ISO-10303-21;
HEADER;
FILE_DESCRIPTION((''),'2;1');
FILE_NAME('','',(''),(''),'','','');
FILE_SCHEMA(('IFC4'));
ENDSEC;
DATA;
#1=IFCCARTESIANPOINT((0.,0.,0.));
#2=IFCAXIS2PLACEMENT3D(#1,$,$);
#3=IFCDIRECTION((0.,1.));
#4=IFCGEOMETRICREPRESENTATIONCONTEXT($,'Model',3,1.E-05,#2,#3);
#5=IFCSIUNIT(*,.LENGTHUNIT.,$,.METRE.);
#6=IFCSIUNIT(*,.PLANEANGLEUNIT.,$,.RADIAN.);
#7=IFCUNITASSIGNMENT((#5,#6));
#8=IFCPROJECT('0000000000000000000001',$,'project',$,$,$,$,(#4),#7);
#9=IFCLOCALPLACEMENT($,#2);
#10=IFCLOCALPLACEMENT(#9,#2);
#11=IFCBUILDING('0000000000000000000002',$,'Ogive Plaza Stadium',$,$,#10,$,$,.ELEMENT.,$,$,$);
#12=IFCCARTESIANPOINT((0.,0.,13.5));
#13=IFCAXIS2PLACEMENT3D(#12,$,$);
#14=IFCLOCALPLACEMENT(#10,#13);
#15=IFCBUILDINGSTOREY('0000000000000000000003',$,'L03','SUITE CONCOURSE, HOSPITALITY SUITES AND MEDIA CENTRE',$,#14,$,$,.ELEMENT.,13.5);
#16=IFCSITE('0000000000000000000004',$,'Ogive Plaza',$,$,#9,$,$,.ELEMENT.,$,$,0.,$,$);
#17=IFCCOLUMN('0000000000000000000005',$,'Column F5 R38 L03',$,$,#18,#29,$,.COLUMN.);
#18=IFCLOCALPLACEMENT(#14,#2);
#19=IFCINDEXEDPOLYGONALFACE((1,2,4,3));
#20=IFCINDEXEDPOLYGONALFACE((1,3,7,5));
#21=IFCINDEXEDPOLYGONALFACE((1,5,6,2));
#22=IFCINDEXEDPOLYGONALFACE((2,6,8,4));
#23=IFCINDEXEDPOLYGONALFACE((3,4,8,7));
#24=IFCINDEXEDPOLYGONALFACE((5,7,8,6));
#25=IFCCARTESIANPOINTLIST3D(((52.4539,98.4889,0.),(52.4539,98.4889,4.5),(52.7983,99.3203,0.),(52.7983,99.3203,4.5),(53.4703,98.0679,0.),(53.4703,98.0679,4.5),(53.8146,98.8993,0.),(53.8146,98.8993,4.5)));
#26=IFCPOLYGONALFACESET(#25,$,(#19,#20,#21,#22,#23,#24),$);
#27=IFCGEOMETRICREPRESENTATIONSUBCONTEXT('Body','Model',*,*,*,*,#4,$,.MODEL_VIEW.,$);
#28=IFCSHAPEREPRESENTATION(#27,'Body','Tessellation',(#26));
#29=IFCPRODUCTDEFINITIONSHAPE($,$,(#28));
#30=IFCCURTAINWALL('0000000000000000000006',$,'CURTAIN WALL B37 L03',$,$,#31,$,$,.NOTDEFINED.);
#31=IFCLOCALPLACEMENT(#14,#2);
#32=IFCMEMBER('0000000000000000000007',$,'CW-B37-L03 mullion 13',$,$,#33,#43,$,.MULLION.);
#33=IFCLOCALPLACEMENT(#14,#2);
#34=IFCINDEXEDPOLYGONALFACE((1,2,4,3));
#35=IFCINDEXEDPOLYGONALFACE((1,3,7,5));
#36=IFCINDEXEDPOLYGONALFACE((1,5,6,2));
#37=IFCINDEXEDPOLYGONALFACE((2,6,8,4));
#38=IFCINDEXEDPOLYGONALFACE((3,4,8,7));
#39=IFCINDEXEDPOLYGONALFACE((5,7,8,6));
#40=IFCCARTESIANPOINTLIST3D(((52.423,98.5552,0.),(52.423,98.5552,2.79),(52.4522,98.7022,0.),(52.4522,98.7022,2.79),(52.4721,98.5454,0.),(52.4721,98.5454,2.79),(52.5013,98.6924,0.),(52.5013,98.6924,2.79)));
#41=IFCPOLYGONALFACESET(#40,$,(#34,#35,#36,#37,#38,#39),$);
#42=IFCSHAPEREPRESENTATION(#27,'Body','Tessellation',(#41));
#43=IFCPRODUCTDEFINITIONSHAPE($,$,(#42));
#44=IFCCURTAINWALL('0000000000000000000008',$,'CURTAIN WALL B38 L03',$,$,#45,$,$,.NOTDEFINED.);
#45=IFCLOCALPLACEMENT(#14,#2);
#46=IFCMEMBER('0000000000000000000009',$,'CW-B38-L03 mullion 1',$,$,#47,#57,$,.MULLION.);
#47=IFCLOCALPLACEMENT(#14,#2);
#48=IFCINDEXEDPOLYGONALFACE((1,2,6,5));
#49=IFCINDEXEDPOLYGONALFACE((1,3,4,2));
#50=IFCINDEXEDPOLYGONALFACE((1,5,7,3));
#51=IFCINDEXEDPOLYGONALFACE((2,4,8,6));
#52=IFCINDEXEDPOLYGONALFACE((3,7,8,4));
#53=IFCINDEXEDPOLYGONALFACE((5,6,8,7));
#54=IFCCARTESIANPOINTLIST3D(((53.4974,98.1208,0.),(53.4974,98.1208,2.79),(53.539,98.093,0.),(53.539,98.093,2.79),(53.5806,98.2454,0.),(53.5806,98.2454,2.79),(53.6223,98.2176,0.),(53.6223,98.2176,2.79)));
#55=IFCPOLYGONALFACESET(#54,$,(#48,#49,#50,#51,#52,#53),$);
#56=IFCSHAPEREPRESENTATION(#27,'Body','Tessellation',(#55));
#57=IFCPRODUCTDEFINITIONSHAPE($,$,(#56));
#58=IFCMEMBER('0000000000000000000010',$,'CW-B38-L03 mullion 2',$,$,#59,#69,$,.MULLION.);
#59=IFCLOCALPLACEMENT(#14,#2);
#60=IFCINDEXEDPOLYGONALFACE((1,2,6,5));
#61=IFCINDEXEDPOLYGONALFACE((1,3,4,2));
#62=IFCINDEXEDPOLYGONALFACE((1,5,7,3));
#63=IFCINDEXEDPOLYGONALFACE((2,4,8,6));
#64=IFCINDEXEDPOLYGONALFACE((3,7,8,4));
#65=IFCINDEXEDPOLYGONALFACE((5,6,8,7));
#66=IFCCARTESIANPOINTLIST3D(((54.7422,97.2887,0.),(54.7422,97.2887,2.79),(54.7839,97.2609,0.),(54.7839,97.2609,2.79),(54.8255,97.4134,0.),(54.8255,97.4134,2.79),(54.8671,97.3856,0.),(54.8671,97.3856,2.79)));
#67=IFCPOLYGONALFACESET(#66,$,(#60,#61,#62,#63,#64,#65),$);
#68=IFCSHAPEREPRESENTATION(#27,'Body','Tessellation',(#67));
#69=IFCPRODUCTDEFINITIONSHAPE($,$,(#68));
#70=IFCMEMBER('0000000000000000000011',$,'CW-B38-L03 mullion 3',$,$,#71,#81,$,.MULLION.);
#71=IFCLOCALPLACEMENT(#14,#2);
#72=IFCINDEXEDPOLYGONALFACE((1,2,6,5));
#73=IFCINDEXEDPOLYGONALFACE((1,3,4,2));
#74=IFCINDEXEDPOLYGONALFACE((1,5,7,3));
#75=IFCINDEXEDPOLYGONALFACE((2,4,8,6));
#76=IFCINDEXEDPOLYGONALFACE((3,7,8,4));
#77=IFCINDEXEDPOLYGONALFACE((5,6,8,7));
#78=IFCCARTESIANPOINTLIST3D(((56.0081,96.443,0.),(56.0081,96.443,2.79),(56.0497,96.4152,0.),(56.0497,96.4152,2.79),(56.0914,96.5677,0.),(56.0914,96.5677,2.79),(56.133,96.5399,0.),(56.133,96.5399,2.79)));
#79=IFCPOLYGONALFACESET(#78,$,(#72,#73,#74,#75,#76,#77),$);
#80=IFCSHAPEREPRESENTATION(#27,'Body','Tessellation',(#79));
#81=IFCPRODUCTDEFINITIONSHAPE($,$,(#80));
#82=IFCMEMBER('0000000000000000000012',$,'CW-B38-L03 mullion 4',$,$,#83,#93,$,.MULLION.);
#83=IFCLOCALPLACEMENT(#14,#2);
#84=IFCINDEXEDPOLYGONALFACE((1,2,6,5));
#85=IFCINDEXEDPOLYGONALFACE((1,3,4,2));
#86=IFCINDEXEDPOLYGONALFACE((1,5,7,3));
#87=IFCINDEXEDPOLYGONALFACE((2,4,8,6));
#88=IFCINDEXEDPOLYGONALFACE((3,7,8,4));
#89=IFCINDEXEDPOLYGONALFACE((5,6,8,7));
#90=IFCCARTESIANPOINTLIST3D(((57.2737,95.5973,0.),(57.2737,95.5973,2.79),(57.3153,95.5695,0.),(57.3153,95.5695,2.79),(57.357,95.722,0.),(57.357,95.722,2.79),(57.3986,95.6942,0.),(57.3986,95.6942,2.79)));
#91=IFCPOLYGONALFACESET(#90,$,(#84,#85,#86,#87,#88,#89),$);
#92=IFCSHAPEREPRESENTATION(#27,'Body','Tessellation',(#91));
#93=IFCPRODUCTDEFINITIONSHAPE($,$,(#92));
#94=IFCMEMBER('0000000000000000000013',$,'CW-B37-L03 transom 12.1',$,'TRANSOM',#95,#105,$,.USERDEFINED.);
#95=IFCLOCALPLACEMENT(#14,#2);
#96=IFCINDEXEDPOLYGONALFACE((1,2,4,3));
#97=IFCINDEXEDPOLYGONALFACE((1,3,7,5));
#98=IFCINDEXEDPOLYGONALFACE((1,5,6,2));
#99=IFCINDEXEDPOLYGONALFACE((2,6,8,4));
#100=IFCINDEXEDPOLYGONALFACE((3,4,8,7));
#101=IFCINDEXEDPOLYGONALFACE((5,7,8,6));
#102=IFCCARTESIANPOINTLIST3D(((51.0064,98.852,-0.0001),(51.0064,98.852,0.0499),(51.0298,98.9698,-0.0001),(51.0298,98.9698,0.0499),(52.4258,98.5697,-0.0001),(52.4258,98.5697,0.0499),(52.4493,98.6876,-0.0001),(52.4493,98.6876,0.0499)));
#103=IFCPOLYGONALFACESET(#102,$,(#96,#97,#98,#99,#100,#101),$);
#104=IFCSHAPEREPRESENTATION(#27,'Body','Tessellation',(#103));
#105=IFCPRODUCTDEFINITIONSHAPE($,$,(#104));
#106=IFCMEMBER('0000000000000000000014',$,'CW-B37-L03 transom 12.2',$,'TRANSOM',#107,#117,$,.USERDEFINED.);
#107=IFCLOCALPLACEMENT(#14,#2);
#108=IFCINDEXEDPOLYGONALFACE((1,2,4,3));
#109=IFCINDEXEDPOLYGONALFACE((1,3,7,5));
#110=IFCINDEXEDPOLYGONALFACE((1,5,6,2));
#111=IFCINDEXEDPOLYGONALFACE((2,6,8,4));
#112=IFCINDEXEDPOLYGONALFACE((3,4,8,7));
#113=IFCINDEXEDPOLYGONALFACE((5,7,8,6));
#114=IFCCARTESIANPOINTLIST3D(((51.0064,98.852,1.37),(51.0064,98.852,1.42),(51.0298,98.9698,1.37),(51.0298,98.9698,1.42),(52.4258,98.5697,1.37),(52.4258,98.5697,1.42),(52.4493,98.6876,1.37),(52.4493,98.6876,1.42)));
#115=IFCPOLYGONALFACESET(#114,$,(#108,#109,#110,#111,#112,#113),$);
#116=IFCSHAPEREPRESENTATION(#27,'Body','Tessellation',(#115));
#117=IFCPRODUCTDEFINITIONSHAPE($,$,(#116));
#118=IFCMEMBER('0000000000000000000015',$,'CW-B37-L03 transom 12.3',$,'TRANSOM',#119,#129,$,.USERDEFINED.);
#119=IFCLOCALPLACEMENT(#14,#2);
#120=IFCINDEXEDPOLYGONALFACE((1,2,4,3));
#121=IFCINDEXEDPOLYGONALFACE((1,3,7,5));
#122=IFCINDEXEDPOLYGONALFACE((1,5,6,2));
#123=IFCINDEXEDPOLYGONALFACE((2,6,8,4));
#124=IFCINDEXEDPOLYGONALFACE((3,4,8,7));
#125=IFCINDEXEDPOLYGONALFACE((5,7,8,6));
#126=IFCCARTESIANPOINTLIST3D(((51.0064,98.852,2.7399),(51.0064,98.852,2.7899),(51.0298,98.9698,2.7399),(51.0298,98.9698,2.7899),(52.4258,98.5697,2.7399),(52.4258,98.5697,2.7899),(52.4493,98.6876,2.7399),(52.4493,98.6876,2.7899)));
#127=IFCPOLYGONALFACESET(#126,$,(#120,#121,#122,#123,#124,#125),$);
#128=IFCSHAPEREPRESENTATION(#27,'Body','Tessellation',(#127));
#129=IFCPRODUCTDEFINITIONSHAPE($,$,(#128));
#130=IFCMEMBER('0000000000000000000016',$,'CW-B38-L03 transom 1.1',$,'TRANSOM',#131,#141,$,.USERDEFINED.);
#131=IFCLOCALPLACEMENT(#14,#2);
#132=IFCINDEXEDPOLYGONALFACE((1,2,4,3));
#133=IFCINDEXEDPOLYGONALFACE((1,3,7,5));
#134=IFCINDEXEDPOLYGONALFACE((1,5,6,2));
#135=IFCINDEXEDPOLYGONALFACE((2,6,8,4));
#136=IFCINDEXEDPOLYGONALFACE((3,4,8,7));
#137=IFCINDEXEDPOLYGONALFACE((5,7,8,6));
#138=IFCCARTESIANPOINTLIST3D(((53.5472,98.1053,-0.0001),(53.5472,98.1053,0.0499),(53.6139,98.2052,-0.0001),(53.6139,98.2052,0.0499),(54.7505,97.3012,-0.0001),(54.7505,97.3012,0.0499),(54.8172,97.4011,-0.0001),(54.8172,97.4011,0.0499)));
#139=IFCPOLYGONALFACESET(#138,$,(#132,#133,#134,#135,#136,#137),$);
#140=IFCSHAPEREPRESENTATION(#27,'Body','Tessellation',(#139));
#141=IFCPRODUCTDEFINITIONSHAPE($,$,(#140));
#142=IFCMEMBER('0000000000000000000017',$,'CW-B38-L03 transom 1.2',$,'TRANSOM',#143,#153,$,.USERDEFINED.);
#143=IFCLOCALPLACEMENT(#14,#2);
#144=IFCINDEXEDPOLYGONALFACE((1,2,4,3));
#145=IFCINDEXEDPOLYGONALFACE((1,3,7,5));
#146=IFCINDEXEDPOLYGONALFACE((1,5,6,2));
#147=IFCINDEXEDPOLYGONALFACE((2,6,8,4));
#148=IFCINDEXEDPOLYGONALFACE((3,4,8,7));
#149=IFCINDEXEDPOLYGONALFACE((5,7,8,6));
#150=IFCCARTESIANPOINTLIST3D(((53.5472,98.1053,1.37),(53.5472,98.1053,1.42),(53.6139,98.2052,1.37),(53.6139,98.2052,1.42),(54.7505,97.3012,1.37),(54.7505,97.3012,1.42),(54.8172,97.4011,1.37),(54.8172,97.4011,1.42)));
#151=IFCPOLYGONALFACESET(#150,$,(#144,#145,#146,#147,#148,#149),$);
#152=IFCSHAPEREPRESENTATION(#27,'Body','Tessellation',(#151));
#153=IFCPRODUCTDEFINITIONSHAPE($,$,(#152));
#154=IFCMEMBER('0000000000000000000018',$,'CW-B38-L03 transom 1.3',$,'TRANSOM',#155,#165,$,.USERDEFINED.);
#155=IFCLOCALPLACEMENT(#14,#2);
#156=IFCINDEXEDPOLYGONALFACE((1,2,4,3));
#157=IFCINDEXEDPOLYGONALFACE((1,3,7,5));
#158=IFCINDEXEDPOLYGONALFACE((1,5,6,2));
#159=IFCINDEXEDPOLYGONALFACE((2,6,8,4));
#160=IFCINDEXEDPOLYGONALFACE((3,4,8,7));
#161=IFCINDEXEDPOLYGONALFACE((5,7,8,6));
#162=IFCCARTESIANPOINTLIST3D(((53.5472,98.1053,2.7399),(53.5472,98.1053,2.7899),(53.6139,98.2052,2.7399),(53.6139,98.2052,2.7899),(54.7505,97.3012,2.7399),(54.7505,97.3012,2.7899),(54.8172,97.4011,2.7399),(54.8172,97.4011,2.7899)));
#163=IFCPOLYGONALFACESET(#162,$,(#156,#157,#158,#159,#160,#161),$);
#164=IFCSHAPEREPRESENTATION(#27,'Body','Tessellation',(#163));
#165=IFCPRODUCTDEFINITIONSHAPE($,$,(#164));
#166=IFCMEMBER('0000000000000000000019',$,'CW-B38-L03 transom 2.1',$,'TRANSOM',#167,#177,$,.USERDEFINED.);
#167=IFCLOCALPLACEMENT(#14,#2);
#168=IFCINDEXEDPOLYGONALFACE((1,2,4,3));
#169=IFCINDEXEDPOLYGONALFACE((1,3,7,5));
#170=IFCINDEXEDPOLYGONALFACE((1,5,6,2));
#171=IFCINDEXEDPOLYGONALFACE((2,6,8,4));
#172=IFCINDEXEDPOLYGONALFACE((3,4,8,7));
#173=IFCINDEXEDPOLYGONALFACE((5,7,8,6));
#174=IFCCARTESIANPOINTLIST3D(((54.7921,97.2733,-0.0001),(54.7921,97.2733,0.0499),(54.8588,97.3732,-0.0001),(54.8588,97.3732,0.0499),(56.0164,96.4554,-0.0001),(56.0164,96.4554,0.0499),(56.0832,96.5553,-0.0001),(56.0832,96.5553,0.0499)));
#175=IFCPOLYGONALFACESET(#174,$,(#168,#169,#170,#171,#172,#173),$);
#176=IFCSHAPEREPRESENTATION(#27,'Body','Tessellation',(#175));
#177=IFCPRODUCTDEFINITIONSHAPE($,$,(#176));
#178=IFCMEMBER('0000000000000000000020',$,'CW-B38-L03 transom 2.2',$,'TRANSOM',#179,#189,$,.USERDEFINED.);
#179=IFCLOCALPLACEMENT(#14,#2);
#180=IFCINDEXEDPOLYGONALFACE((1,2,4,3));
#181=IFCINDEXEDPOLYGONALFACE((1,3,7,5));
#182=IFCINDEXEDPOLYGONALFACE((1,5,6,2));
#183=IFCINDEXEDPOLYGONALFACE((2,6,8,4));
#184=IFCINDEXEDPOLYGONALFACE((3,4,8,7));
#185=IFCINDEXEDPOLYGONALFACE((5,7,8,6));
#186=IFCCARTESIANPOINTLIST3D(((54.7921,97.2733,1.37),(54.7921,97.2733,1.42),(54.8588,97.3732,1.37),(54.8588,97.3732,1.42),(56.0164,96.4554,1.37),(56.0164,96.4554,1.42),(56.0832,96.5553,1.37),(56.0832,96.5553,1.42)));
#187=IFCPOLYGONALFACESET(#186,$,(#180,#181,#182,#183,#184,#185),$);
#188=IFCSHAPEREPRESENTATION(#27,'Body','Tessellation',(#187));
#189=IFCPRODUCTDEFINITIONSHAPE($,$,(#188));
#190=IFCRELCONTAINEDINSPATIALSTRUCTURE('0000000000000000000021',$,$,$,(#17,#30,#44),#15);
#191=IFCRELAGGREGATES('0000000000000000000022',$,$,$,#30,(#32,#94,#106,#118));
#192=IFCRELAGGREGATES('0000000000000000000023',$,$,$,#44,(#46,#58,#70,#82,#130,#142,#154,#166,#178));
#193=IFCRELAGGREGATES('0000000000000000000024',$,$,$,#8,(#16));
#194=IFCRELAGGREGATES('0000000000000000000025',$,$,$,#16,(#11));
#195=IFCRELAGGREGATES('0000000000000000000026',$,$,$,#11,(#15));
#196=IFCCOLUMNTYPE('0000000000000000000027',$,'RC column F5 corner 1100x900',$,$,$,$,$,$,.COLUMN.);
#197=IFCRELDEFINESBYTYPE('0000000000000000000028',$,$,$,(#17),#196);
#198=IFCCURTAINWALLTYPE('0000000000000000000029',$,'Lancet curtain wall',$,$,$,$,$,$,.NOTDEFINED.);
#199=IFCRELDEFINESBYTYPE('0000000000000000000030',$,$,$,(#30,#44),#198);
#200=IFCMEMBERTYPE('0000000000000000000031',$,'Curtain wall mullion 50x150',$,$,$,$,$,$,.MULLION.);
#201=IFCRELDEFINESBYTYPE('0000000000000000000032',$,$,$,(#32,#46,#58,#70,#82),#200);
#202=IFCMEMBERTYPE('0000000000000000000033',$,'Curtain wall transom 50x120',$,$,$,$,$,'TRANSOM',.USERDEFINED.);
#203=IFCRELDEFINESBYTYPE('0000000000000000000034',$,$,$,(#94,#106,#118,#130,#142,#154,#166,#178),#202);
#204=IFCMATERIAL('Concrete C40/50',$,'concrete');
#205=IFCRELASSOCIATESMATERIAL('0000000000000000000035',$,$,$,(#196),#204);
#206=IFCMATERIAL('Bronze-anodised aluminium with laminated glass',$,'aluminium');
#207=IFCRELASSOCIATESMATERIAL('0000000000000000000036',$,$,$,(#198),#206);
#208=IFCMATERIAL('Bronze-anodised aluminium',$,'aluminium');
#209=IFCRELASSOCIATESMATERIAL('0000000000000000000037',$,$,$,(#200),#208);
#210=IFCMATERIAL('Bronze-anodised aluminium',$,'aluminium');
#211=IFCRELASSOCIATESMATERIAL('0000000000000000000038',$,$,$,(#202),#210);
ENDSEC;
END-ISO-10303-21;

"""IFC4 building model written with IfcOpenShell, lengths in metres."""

from ifc_helpers import new_model, si_unit, direction, frame, origin, origin_2d, place, context, subcontext, project, spatial, rectangle, extrude, material, material_profile, profile_set, type_object, element, aggregate, save


model = new_model("IFC4")

# Units and contexts
model_context = context("Model", 3, precision=1e-05, world=origin(), true_north=direction((0.0, 1.0)))
body_context = subcontext(model_context, "Body", "Model", "MODEL_VIEW")
ifc_project = project(units=[si_unit("LENGTHUNIT", "METRE"), si_unit("PLANEANGLEUNIT", "RADIAN")], contexts=[model_context])

# Site, building, storey
site_placement = place(None, origin())
site = spatial("IfcSite", under=ifc_project, at=site_placement, Name="Ogive Plaza", CompositionType="ELEMENT", RefElevation=0.0)
building_placement = place(site_placement, origin())
building = spatial("IfcBuilding", under=site, at=building_placement, Name="Ogive Plaza Stadium", CompositionType="ELEMENT")
storey_placement = place(building_placement, frame((0.0, 0.0, 13.5)))
storey = spatial("IfcBuildingStorey", under=building, at=storey_placement, Name="L03", Description="SUITE CONCOURSE, HOSPITALITY SUITES AND MEDIA CENTRE", CompositionType="ELEMENT", Elevation=13.5)

# Column
ifc_material_1 = material(Name="Concrete C40/50", Category="concrete")
ifc_material_profile_1 = material_profile(ifc_material_1, rectangle(XDim=1.1001, YDim=0.8999, at=origin_2d()), Name="RC 1100x900")
ifc_profile_set_1 = profile_set([ifc_material_profile_1], Name="Concrete C40/50")
column_type = type_object("IfcColumnType", Name="RC column F5 corner 1100x900", PredefinedType="COLUMN", material=ifc_profile_set_1)
column_placement = place(storey_placement, frame((53.1343, 98.6941, 0.0), z_axis=(0.0, 0.0, 1.0), x_axis=(-0.92388, 0.382683, 0.0)))
element("IfcColumn", 1, at=column_placement, inside=storey, type_object=column_type, Name="Column F5 R38 L03", PredefinedType="COLUMN", context=body_context, shape_type="SweptSolid", body=[
    extrude(rectangle(XDim=1.1001, YDim=0.8999, at=origin_2d()), origin(), (0.0, 0.0, 1.0), 4.5),
])

# Curtain wall, member
ifc_material_2 = material(Name="Bronze-anodised aluminium with laminated glass", Category="aluminium")
curtain_wall_type = type_object("IfcCurtainWallType", Name="Lancet curtain wall", PredefinedType="NOTDEFINED", material=ifc_material_2)
curtain_wall_1_placement = place(storey_placement, origin())
curtain_wall_1 = element("IfcCurtainWall", 2, at=curtain_wall_1_placement, inside=storey, type_object=curtain_wall_type, Name="CURTAIN WALL B37 L03", PredefinedType="NOTDEFINED")
ifc_material_3 = material(Name="Bronze-anodised aluminium", Category="aluminium")
ifc_material_profile_2 = material_profile(ifc_material_3, rectangle(XDim=0.1499, YDim=0.05, at=origin_2d()), Name="AL 150x50")
ifc_profile_set_2 = profile_set([ifc_material_profile_2], Name="Bronze-anodised aluminium")
member_type_1 = type_object("IfcMemberType", Name="Curtain wall mullion 50x150", PredefinedType="MULLION", material=ifc_profile_set_2)
member_1_placement = place(storey_placement, frame((52.4622, 98.6238, 0.0), z_axis=(0.0, 0.0, 1.0), x_axis=(0.19509, 0.980785, 0.0)))
member_1 = element("IfcMember", 3, at=member_1_placement, type_object=member_type_1, Name="CW-B37-L03 mullion 13", PredefinedType="MULLION", context=body_context, shape_type="SweptSolid", body=[
    extrude(rectangle(XDim=0.1499, YDim=0.05, at=origin_2d()), origin(), (0.0, 0.0, 1.0), 2.79),
])

# Curtain wall, members
curtain_wall_2_placement = place(storey_placement, origin())
curtain_wall_2 = element("IfcCurtainWall", 4, at=curtain_wall_2_placement, inside=storey, type_object=curtain_wall_type, Name="CURTAIN WALL B38 L03", PredefinedType="NOTDEFINED")
member_2_placement = place(storey_placement, frame((53.5598, 98.1692, 0.0), z_axis=(0.0, 0.0, 1.0), x_axis=(0.55557, 0.83147, 0.0)))
member_2 = element("IfcMember", 5, at=member_2_placement, type_object=member_type_1, Name="CW-B38-L03 mullion 1", PredefinedType="MULLION", context=body_context, shape_type="SweptSolid", body=[
    extrude(rectangle(XDim=0.1499, YDim=0.05, at=origin_2d()), origin(), (0.0, 0.0, 1.0), 2.79),
])
member_3_placement = place(storey_placement, frame((54.8047, 97.3372, 0.0), z_axis=(0.0, 0.0, 1.0), x_axis=(0.55557, 0.83147, 0.0)))
member_3 = element("IfcMember", 6, at=member_3_placement, type_object=member_type_1, Name="CW-B38-L03 mullion 2", PredefinedType="MULLION", context=body_context, shape_type="SweptSolid", body=[
    extrude(rectangle(XDim=0.1499, YDim=0.05, at=origin_2d()), origin(), (0.0, 0.0, 1.0), 2.79),
])
member_4_placement = place(storey_placement, frame((56.0706, 96.4915, 0.0), z_axis=(0.0, 0.0, 1.0), x_axis=(0.55557, 0.83147, 0.0)))
member_4 = element("IfcMember", 7, at=member_4_placement, type_object=member_type_1, Name="CW-B38-L03 mullion 3", PredefinedType="MULLION", context=body_context, shape_type="SweptSolid", body=[
    extrude(rectangle(XDim=0.1499, YDim=0.05, at=origin_2d()), origin(), (0.0, 0.0, 1.0), 2.79),
])
member_5_placement = place(storey_placement, frame((57.3362, 95.6458, 0.0), z_axis=(0.0, 0.0, 1.0), x_axis=(0.55557, 0.83147, 0.0)))
member_5 = element("IfcMember", 8, at=member_5_placement, type_object=member_type_1, Name="CW-B38-L03 mullion 4", PredefinedType="MULLION", context=body_context, shape_type="SweptSolid", body=[
    extrude(rectangle(XDim=0.1499, YDim=0.05, at=origin_2d()), origin(), (0.0, 0.0, 1.0), 2.79),
])

# Members
ifc_material_4 = material(Name="Bronze-anodised aluminium", Category="aluminium")
ifc_material_profile_3 = material_profile(ifc_material_4, rectangle(XDim=0.1201, YDim=0.05, at=origin_2d()), Name="AL 120x50")
ifc_profile_set_3 = profile_set([ifc_material_profile_3], Name="Bronze-anodised aluminium")
member_type_2 = type_object("IfcMemberType", Name="Curtain wall transom 50x120", ElementType="TRANSOM", PredefinedType="USERDEFINED", material=ifc_profile_set_3)
member_6_placement = place(storey_placement, frame((51.0181, 98.9109, 0.0249), z_axis=(0.980801, -0.195013, 0.0), x_axis=(0.195013, 0.980801, 0.0)))
member_6 = element("IfcMember", 9, at=member_6_placement, type_object=member_type_2, Name="CW-B37-L03 transom 12.1", ObjectType="TRANSOM", PredefinedType="USERDEFINED", context=body_context, shape_type="SweptSolid", body=[
    extrude(rectangle(XDim=0.1201, YDim=0.05, at=origin_2d()), origin(), (0.0, 0.0, 1.0), 1.4473),
])
member_7_placement = place(storey_placement, frame((51.0181, 98.9109, 1.395), z_axis=(0.980801, -0.195013, 0.0), x_axis=(0.195013, 0.980801, 0.0)))
member_7 = element("IfcMember", 10, at=member_7_placement, type_object=member_type_2, Name="CW-B37-L03 transom 12.2", ObjectType="TRANSOM", PredefinedType="USERDEFINED", context=body_context, shape_type="SweptSolid", body=[
    extrude(rectangle(XDim=0.1201, YDim=0.05, at=origin_2d()), origin(), (0.0, 0.0, 1.0), 1.4473),
])
member_8_placement = place(storey_placement, frame((51.0181, 98.9109, 2.7649), z_axis=(0.980801, -0.195013, 0.0), x_axis=(0.195013, 0.980801, 0.0)))
member_8 = element("IfcMember", 11, at=member_8_placement, type_object=member_type_2, Name="CW-B37-L03 transom 12.3", ObjectType="TRANSOM", PredefinedType="USERDEFINED", context=body_context, shape_type="SweptSolid", body=[
    extrude(rectangle(XDim=0.1201, YDim=0.05, at=origin_2d()), origin(), (0.0, 0.0, 1.0), 1.4473),
])
member_9_placement = place(storey_placement, frame((53.5806, 98.1553, 0.0249), z_axis=(0.831427, -0.555634, 0.0), x_axis=(0.555634, 0.831427, 0.0)))
member_9 = element("IfcMember", 12, at=member_9_placement, type_object=member_type_2, Name="CW-B38-L03 transom 1.1", ObjectType="TRANSOM", PredefinedType="USERDEFINED", context=body_context, shape_type="SweptSolid", body=[
    extrude(rectangle(XDim=0.1201, YDim=0.05, at=origin_2d()), origin(), (0.0, 0.0, 1.0), 1.4473),
])
member_10_placement = place(storey_placement, frame((53.5806, 98.1553, 1.395), z_axis=(0.831427, -0.555634, 0.0), x_axis=(0.555634, 0.831427, 0.0)))
member_10 = element("IfcMember", 13, at=member_10_placement, type_object=member_type_2, Name="CW-B38-L03 transom 1.2", ObjectType="TRANSOM", PredefinedType="USERDEFINED", context=body_context, shape_type="SweptSolid", body=[
    extrude(rectangle(XDim=0.1201, YDim=0.05, at=origin_2d()), origin(), (0.0, 0.0, 1.0), 1.4473),
])
member_11_placement = place(storey_placement, frame((53.5806, 98.1553, 2.7649), z_axis=(0.831427, -0.555634, 0.0), x_axis=(0.555634, 0.831427, 0.0)))
member_11 = element("IfcMember", 14, at=member_11_placement, type_object=member_type_2, Name="CW-B38-L03 transom 1.3", ObjectType="TRANSOM", PredefinedType="USERDEFINED", context=body_context, shape_type="SweptSolid", body=[
    extrude(rectangle(XDim=0.1201, YDim=0.05, at=origin_2d()), origin(), (0.0, 0.0, 1.0), 1.4473),
])
member_12_placement = place(storey_placement, frame((54.8254, 97.3232, 0.0249), z_axis=(0.83154, -0.555465, 0.0), x_axis=(0.555465, 0.83154, 0.0)))
member_12 = element("IfcMember", 15, at=member_12_placement, type_object=member_type_2, Name="CW-B38-L03 transom 2.1", ObjectType="TRANSOM", PredefinedType="USERDEFINED", context=body_context, shape_type="SweptSolid", body=[
    extrude(rectangle(XDim=0.1201, YDim=0.05, at=origin_2d()), origin(), (0.0, 0.0, 1.0), 1.4724),
])
member_13_placement = place(storey_placement, frame((54.8254, 97.3232, 1.395), z_axis=(0.83154, -0.555465, 0.0), x_axis=(0.555465, 0.83154, 0.0)))
member_13 = element("IfcMember", 16, at=member_13_placement, type_object=member_type_2, Name="CW-B38-L03 transom 2.2", ObjectType="TRANSOM", PredefinedType="USERDEFINED", context=body_context, shape_type="SweptSolid", body=[
    extrude(rectangle(XDim=0.1201, YDim=0.05, at=origin_2d()), origin(), (0.0, 0.0, 1.0), 1.4724),
])

aggregate(curtain_wall_1, [member_1, member_6, member_7, member_8])
aggregate(curtain_wall_2, [member_2, member_3, member_4, member_5, member_9, member_10, member_11, member_12, member_13])

save(model, "model.ifc")
